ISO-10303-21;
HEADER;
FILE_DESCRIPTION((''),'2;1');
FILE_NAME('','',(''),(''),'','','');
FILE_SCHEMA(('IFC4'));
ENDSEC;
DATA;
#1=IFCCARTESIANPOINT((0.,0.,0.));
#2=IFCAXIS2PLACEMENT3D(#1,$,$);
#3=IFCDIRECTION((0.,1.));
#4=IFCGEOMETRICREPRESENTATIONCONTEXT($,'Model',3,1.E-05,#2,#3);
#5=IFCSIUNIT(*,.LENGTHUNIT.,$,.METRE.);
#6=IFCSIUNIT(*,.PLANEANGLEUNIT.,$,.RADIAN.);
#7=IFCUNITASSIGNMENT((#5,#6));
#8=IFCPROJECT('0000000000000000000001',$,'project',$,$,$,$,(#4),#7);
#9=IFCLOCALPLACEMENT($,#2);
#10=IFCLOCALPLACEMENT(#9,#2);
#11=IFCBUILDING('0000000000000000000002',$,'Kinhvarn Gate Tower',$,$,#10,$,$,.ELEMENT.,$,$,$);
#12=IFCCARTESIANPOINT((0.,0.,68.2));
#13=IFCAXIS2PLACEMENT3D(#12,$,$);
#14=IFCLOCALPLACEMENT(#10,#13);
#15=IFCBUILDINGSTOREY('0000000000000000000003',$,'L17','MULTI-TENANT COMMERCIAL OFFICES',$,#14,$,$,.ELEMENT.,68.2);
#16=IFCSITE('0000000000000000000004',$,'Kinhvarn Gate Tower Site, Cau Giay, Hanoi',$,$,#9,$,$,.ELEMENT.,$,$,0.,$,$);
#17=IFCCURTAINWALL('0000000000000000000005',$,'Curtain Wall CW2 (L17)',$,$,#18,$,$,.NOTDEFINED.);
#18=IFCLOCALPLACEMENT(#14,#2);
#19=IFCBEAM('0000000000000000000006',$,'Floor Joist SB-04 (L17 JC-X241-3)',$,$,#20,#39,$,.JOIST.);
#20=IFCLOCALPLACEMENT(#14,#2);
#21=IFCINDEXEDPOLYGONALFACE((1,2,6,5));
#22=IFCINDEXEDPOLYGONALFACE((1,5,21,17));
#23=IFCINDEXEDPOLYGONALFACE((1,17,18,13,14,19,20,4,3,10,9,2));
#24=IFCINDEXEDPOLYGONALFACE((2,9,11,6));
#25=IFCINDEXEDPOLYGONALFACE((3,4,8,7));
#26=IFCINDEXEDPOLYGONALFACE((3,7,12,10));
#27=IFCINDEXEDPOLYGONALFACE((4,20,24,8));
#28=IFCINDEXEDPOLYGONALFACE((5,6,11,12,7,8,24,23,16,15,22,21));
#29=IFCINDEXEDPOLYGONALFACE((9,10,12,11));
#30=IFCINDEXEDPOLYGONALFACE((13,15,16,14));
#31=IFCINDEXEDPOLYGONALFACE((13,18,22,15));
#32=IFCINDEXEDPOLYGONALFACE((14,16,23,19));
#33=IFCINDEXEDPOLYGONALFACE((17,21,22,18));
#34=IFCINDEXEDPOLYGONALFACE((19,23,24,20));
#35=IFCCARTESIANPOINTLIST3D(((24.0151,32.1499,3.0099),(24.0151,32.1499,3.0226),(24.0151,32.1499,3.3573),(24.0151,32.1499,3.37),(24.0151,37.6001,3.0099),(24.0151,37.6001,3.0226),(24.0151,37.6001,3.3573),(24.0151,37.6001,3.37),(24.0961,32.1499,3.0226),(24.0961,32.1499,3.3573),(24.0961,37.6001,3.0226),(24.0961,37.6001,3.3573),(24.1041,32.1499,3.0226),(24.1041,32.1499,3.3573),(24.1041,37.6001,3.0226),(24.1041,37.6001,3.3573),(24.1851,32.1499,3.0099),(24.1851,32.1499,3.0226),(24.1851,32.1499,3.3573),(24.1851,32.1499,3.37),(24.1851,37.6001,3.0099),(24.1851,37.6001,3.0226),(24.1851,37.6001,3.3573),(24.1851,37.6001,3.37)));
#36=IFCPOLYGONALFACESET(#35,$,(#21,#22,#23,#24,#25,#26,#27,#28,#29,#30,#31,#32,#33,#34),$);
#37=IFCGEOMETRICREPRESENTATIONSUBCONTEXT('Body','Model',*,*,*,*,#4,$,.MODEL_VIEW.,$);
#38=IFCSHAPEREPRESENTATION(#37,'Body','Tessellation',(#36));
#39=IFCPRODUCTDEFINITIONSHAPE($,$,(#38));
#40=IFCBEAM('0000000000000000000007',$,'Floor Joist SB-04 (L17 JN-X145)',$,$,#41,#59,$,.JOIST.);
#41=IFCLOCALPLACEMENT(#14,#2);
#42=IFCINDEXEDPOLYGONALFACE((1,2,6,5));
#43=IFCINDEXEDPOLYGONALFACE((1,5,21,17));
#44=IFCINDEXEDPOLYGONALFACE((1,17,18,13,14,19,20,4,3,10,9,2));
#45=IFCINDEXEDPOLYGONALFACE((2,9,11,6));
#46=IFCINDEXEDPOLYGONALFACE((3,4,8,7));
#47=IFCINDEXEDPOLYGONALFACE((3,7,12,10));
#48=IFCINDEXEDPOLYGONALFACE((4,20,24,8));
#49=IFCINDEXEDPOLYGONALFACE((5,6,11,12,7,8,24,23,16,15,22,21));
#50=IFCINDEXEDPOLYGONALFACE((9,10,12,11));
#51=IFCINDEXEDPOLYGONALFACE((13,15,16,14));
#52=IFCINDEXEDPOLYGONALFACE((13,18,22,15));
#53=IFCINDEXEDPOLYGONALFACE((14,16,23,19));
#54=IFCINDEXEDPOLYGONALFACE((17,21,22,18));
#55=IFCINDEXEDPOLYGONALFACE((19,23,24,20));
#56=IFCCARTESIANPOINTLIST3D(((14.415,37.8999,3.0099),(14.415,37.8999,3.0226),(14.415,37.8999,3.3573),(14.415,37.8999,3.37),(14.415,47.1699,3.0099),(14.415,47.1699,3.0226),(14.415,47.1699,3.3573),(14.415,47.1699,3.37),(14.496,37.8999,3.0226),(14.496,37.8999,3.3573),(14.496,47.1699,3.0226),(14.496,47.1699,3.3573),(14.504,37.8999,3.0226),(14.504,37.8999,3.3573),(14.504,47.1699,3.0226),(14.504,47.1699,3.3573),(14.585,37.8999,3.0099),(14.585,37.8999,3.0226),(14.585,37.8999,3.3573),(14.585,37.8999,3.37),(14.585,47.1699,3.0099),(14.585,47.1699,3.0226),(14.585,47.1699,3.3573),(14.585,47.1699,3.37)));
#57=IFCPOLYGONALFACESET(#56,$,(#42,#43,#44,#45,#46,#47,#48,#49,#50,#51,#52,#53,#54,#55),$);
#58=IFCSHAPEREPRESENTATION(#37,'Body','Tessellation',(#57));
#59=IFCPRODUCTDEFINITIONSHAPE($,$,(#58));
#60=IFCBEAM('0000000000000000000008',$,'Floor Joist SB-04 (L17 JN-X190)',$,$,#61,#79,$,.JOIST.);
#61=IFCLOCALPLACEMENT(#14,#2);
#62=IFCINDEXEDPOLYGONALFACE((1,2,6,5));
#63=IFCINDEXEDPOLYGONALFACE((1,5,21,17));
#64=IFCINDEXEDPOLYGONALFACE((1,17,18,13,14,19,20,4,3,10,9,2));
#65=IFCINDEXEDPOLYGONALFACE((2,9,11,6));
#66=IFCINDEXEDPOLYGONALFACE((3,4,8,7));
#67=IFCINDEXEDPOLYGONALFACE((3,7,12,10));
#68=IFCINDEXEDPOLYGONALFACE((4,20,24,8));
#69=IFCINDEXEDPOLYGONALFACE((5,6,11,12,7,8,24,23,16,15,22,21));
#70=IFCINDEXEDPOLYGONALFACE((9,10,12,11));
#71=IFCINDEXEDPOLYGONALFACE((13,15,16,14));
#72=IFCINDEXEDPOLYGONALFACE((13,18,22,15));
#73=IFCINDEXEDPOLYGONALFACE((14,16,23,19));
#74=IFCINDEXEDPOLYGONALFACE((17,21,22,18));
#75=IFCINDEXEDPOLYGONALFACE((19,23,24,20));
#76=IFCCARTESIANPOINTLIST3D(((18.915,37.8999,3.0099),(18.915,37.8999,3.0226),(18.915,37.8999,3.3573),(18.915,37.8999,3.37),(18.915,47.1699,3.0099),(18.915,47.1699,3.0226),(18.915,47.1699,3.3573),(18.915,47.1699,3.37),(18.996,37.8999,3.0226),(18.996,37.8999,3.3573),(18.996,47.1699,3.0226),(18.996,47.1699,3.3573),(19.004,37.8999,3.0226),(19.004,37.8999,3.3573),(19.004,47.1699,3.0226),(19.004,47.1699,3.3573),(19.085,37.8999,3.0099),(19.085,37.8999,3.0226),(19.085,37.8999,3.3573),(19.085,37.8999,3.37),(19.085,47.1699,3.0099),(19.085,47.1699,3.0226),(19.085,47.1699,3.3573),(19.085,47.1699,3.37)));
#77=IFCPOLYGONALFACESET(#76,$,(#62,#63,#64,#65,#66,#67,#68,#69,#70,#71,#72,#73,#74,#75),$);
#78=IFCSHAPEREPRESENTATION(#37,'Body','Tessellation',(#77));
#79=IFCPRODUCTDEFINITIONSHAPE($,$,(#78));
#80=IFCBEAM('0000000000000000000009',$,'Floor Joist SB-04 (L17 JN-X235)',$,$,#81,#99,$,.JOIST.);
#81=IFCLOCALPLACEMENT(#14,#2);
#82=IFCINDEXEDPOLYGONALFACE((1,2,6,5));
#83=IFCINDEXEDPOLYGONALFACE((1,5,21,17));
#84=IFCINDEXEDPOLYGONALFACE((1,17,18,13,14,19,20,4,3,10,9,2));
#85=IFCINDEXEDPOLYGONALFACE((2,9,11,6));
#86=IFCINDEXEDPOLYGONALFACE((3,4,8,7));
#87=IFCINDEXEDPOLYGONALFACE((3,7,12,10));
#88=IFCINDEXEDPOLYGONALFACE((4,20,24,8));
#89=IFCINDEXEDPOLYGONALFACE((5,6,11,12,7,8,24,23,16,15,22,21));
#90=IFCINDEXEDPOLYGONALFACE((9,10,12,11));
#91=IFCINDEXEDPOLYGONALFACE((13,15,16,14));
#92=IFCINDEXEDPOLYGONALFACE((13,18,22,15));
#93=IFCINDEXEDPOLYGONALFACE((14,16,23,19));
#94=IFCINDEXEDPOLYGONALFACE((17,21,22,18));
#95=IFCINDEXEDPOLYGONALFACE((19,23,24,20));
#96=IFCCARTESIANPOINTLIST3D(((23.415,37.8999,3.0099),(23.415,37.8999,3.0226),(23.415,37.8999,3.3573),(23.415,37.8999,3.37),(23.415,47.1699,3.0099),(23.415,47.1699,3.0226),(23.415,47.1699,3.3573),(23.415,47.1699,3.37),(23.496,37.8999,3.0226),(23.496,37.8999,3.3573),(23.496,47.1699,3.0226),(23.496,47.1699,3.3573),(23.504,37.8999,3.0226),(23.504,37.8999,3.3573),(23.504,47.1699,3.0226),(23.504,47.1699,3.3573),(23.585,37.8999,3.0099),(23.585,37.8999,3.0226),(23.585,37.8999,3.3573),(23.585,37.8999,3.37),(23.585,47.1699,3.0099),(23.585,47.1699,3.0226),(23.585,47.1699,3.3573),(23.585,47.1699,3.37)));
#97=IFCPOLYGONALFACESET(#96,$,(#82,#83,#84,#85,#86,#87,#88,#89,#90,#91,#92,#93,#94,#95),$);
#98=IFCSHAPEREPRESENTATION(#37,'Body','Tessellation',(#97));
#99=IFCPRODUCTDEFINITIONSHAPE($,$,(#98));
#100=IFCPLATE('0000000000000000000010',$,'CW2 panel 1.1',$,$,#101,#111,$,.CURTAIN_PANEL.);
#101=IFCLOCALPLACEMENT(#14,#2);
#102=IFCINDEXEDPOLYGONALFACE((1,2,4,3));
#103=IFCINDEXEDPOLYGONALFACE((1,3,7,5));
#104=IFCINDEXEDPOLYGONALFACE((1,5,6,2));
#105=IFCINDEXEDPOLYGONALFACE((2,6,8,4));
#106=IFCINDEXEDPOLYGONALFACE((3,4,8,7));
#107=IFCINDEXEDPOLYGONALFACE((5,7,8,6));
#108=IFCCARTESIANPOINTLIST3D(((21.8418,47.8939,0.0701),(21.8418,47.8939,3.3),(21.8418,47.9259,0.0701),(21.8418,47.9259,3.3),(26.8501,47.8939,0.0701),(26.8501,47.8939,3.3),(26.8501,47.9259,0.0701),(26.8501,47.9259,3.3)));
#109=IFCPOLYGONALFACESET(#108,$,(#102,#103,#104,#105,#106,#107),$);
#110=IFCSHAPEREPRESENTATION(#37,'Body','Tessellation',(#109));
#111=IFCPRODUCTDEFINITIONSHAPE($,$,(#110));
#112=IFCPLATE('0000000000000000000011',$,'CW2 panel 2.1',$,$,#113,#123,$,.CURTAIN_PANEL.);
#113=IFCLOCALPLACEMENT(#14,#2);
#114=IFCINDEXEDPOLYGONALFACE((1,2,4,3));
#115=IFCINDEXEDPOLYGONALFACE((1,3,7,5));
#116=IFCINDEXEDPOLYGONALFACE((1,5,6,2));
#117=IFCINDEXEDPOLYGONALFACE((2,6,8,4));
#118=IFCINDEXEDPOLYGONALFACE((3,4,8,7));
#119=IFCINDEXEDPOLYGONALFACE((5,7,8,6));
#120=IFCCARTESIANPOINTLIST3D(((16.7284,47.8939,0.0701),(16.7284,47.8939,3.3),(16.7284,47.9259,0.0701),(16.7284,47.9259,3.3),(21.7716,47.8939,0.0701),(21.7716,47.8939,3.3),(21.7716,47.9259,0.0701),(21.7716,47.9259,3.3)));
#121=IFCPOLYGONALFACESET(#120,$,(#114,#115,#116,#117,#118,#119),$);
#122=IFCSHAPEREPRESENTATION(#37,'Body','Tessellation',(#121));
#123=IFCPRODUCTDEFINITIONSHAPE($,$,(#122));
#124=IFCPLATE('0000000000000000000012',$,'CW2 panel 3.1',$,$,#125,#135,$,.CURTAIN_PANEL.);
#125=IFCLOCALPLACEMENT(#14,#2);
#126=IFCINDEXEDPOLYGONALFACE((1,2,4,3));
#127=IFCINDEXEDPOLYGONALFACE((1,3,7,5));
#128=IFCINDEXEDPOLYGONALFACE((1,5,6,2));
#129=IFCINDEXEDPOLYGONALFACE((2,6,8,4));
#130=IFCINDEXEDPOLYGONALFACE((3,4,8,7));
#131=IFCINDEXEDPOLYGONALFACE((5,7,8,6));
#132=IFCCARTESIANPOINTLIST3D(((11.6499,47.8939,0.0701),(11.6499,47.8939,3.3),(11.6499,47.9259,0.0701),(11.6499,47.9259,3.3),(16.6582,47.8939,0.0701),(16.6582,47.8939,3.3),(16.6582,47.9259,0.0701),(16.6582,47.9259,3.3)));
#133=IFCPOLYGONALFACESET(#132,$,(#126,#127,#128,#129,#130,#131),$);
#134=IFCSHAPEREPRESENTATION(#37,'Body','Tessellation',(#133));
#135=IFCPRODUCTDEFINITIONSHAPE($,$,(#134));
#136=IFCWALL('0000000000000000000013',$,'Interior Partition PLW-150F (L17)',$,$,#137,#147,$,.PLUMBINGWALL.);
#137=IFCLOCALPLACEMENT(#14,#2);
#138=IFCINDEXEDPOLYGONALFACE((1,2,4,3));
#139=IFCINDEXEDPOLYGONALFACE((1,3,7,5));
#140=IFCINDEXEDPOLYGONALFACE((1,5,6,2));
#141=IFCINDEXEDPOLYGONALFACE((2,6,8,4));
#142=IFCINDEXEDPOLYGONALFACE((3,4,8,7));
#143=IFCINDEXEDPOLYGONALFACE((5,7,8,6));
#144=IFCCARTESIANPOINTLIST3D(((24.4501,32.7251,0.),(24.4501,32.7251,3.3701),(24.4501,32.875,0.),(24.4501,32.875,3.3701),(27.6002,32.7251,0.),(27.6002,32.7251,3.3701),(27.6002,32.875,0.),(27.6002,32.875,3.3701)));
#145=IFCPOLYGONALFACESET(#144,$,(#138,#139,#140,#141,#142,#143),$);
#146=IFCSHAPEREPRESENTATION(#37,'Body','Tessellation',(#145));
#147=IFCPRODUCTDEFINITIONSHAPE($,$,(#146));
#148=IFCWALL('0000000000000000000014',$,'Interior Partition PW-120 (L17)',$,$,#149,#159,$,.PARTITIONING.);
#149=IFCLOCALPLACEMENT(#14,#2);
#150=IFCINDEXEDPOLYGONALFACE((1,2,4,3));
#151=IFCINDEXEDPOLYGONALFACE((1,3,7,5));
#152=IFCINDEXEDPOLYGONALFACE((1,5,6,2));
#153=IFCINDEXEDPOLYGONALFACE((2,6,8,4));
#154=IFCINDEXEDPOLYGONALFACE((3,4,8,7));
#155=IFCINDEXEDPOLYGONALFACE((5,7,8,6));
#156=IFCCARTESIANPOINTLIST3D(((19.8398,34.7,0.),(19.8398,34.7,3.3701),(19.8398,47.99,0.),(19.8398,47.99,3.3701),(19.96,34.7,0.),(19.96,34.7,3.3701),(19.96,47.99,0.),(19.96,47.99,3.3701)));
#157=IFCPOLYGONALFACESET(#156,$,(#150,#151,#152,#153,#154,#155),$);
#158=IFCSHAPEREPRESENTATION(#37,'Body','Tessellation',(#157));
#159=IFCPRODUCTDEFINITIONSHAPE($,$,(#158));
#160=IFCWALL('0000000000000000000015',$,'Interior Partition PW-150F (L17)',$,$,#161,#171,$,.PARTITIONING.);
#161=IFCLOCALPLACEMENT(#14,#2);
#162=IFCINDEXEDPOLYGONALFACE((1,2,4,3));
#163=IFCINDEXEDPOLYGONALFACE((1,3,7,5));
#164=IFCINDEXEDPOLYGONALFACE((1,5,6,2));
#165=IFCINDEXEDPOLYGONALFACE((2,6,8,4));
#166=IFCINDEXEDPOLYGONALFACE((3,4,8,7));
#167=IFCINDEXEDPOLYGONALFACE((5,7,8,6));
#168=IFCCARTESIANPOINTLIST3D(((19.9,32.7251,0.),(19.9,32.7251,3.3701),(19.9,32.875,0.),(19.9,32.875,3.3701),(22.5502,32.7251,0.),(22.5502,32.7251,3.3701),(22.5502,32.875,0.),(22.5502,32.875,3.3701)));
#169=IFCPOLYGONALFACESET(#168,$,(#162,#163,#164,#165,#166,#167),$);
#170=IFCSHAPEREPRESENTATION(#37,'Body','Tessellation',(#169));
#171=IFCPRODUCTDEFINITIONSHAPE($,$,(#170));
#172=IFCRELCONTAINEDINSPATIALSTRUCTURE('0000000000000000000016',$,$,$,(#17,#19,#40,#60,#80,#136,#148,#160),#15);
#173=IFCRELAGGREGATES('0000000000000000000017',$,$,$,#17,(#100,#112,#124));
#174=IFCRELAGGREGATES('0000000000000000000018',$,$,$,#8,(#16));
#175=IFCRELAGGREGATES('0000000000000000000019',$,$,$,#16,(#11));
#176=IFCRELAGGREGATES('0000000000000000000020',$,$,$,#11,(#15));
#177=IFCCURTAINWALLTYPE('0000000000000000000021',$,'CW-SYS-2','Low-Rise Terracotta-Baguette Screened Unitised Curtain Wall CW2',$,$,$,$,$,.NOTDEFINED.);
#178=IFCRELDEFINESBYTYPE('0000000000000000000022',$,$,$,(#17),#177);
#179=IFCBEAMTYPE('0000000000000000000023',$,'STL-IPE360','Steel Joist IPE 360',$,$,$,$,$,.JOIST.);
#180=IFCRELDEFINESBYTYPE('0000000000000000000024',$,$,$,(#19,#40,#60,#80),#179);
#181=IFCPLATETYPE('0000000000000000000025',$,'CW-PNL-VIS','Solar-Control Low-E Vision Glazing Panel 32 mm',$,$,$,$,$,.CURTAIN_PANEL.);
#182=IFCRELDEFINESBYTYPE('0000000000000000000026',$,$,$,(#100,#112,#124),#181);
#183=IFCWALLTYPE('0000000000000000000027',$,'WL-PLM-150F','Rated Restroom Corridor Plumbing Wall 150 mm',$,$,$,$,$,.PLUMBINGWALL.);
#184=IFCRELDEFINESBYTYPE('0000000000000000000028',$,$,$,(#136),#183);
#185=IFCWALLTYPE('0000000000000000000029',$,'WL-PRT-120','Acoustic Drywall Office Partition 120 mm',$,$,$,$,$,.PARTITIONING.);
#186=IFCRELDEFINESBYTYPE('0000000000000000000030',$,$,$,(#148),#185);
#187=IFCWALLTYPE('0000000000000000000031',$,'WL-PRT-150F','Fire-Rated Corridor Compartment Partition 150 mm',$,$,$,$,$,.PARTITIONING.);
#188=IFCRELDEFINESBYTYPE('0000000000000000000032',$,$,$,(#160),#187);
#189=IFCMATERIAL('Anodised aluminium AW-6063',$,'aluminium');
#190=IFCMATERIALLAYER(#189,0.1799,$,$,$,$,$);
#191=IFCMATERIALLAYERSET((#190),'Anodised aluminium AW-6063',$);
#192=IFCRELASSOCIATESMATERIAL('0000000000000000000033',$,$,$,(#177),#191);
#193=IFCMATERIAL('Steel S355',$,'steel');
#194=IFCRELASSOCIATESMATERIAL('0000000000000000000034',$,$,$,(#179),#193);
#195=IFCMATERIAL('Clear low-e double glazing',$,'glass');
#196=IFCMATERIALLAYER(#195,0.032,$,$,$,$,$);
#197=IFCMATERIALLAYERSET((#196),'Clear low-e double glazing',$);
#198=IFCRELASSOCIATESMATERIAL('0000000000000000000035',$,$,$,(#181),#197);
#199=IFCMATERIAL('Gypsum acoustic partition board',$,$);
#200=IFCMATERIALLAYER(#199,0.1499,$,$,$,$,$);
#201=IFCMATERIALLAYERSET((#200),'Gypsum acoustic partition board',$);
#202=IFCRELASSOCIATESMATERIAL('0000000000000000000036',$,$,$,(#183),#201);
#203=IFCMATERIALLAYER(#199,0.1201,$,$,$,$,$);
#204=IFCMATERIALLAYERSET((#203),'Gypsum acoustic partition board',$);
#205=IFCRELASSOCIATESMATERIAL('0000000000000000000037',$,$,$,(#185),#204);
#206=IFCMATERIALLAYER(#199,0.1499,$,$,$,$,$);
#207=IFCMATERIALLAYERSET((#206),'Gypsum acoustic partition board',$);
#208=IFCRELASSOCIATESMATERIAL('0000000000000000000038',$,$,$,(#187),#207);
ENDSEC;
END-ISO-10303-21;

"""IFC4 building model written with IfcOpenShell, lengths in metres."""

from ifc_helpers import new_model, si_unit, direction, frame, frame_2d, origin, origin_2d, place, context, subcontext, project, spatial, rectangle, i_section, extrude, material, layer, layer_set, material_profile, profile_set, type_object, element, aggregate, save


model = new_model("IFC4")

# Units and contexts
model_context = context("Model", 3, precision=1e-05, world=origin(), true_north=direction((0.0, 1.0)))
body_context = subcontext(model_context, "Body", "Model", "MODEL_VIEW")
ifc_project = project(units=[si_unit("LENGTHUNIT", "METRE"), si_unit("PLANEANGLEUNIT", "RADIAN")], contexts=[model_context])

# Site, building, storey
site_placement = place(None, origin())
site = spatial("IfcSite", under=ifc_project, at=site_placement, Name="Kinhvarn Gate Tower Site, Cau Giay, Hanoi", CompositionType="ELEMENT", RefElevation=0.0)
building_placement = place(site_placement, origin())
building = spatial("IfcBuilding", under=site, at=building_placement, Name="Kinhvarn Gate Tower", CompositionType="ELEMENT")
storey_placement = place(building_placement, frame((0.0, 0.0, 68.2)))
storey = spatial("IfcBuildingStorey", under=building, at=storey_placement, Name="L17", Description="MULTI-TENANT COMMERCIAL OFFICES", CompositionType="ELEMENT", Elevation=68.2)

# Curtain wall
ifc_material_1 = material(Name="Anodised aluminium AW-6063", Category="aluminium")
ifc_layer_1 = layer(ifc_material_1, 0.1799)
ifc_layer_set_1 = layer_set([ifc_layer_1], Name="Anodised aluminium AW-6063")
curtain_wall_type = type_object("IfcCurtainWallType", Name="CW-SYS-2", Description="Low-Rise Terracotta-Baguette Screened Unitised Curtain Wall CW2", PredefinedType="NOTDEFINED", material=ifc_layer_set_1)
curtain_wall_placement = place(storey_placement, origin())
curtain_wall = element("IfcCurtainWall", 1, at=curtain_wall_placement, inside=storey, type_object=curtain_wall_type, Name="Curtain Wall CW2 (L17)", PredefinedType="NOTDEFINED")

# Beams
ifc_material_2 = material(Name="Steel S355", Category="steel")
ifc_material_profile_1 = material_profile(ifc_material_2, i_section(OverallWidth=0.1699, OverallDepth=0.3601, WebThickness=0.0081, FlangeThickness=0.0127, at=origin_2d()), Name="IPE 360")
ifc_profile_set_1 = profile_set([ifc_material_profile_1], Name="Steel S355")
beam_type_1 = type_object("IfcBeamType", Name="STL-IPE360", Description="Steel Joist IPE 360", PredefinedType="JOIST", material=ifc_profile_set_1)
for number, where, z_axis, x_axis, name in (
    (2, (24.1001, 32.1499, 3.1899), (0.0, 1.0, 0.0), (-1.0, 0.0, 0.0), "Floor Joist SB-04 (L17 JC-X241-3)"),
):
    element("IfcBeam", number, at=place(storey_placement, frame(where, z_axis=z_axis, x_axis=x_axis)), inside=storey, type_object=beam_type_1, Name=name, PredefinedType="JOIST", context=body_context, shape_type="SweptSolid", body=[
        extrude(i_section(OverallWidth=0.1699, OverallDepth=0.3601, WebThickness=0.0081, FlangeThickness=0.0127, at=origin_2d()), origin(), (0.0, 0.0, 1.0), 5.4502),
    ])
for number, where, z_axis, x_axis, name in (
    (3, (14.5, 37.8999, 3.1899), (0.0, 1.0, 0.0), (-1.0, 0.0, 0.0), "Floor Joist SB-04 (L17 JN-X145)"),
    (4, (19.0, 37.8999, 3.1899), (0.0, 1.0, 0.0), (-1.0, 0.0, 0.0), "Floor Joist SB-04 (L17 JN-X190)"),
    (5, (23.5, 37.8999, 3.1899), (0.0, 1.0, 0.0), (-1.0, 0.0, 0.0), "Floor Joist SB-04 (L17 JN-X235)"),
):
    element("IfcBeam", number, at=place(storey_placement, frame(where, z_axis=z_axis, x_axis=x_axis)), inside=storey, type_object=beam_type_1, Name=name, PredefinedType="JOIST", context=body_context, shape_type="SweptSolid", body=[
        extrude(i_section(OverallWidth=0.1699, OverallDepth=0.3601, WebThickness=0.0081, FlangeThickness=0.0127, at=origin_2d()), origin(), (0.0, 0.0, 1.0), 9.27),
    ])

# Plates
ifc_material_3 = material(Name="Clear low-e double glazing", Category="glass")
ifc_layer_2 = layer(ifc_material_3, 0.032)
ifc_layer_set_2 = layer_set([ifc_layer_2], Name="Clear low-e double glazing")
plate_type = type_object("IfcPlateType", Name="CW-PNL-VIS", Description="Solar-Control Low-E Vision Glazing Panel 32 mm", PredefinedType="CURTAIN_PANEL", material=ifc_layer_set_2)
plate_1_placement = place(storey_placement, frame((24.3459, 47.9099, 0.0701), z_axis=(0.0, 0.0, 1.0), x_axis=(-1.0, 0.0, 0.0)))
plate_1 = element("IfcPlate", 6, at=plate_1_placement, type_object=plate_type, Name="CW2 panel 1.1", PredefinedType="CURTAIN_PANEL", context=body_context, shape_type="SweptSolid", body=[
    extrude(rectangle(XDim=5.0083, YDim=0.032, at=origin_2d()), origin(), (0.0, 0.0, 1.0), 3.23),
])
plate_2_placement = place(storey_placement, frame((19.25, 47.9099, 0.0701), z_axis=(0.0, 0.0, 1.0), x_axis=(-1.0, 0.0, 0.0)))
plate_2 = element("IfcPlate", 7, at=plate_2_placement, type_object=plate_type, Name="CW2 panel 2.1", PredefinedType="CURTAIN_PANEL", context=body_context, shape_type="SweptSolid", body=[
    extrude(rectangle(XDim=5.0432, YDim=0.032, at=origin_2d()), origin(), (0.0, 0.0, 1.0), 3.23),
])
plate_3_placement = place(storey_placement, frame((14.1541, 47.9099, 0.0701), z_axis=(0.0, 0.0, 1.0), x_axis=(-1.0, 0.0, 0.0)))
plate_3 = element("IfcPlate", 8, at=plate_3_placement, type_object=plate_type, Name="CW2 panel 3.1", PredefinedType="CURTAIN_PANEL", context=body_context, shape_type="SweptSolid", body=[
    extrude(rectangle(XDim=5.0083, YDim=0.032, at=origin_2d()), origin(), (0.0, 0.0, 1.0), 3.23),
])
aggregate(curtain_wall, [plate_1, plate_2, plate_3])

# Walls
ifc_material_4 = material(Name="Gypsum acoustic partition board")
ifc_layer_3 = layer(ifc_material_4, 0.1499)
ifc_layer_set_3 = layer_set([ifc_layer_3], Name="Gypsum acoustic partition board")
wall_type_1 = type_object("IfcWallType", Name="WL-PLM-150F", Description="Rated Restroom Corridor Plumbing Wall 150 mm", PredefinedType="PLUMBINGWALL", material=ifc_layer_set_3)
wall_1_placement = place(storey_placement, frame((24.45, 32.8, 0.0), z_axis=(0.0, 0.0, 1.0), x_axis=(1.0, 0.0, 0.0)))
element("IfcWall", 9, at=wall_1_placement, inside=storey, type_object=wall_type_1, Name="Interior Partition PLW-150F (L17)", PredefinedType="PLUMBINGWALL", context=body_context, shape_type="SweptSolid", body=[
    extrude(rectangle(XDim=3.1501, YDim=0.1499, at=frame_2d((1.5752, 0.0))), origin(), (0.0, 0.0, 1.0), 3.3701),
])
ifc_layer_4 = layer(ifc_material_4, 0.1201)
ifc_layer_set_4 = layer_set([ifc_layer_4], Name="Gypsum acoustic partition board")
wall_type_2 = type_object("IfcWallType", Name="WL-PRT-120", Description="Acoustic Drywall Office Partition 120 mm", PredefinedType="PARTITIONING", material=ifc_layer_set_4)
wall_2_placement = place(storey_placement, frame((19.8999, 34.7, 0.0), z_axis=(0.0, 0.0, 1.0), x_axis=(0.0, 1.0, 0.0)))
element("IfcWall", 10, at=wall_2_placement, inside=storey, type_object=wall_type_2, Name="Interior Partition PW-120 (L17)", PredefinedType="PARTITIONING", context=body_context, shape_type="SweptSolid", body=[
    extrude(rectangle(XDim=13.29, YDim=0.1201, at=frame_2d((6.645, 0.0))), origin(), (0.0, 0.0, 1.0), 3.3701),
])
ifc_layer_5 = layer(ifc_material_4, 0.1499)
ifc_layer_set_5 = layer_set([ifc_layer_5], Name="Gypsum acoustic partition board")
wall_type_3 = type_object("IfcWallType", Name="WL-PRT-150F", Description="Fire-Rated Corridor Compartment Partition 150 mm", PredefinedType="PARTITIONING", material=ifc_layer_set_5)
wall_3_placement = place(storey_placement, frame((19.8999, 32.8, 0.0), z_axis=(0.0, 0.0, 1.0), x_axis=(1.0, 0.0, 0.0)))
element("IfcWall", 11, at=wall_3_placement, inside=storey, type_object=wall_type_3, Name="Interior Partition PW-150F (L17)", PredefinedType="PARTITIONING", context=body_context, shape_type="SweptSolid", body=[
    extrude(rectangle(XDim=2.6501, YDim=0.1499, at=frame_2d((1.3252, 0.0))), origin(), (0.0, 0.0, 1.0), 3.3701),
])

save(model, "model.ifc")
